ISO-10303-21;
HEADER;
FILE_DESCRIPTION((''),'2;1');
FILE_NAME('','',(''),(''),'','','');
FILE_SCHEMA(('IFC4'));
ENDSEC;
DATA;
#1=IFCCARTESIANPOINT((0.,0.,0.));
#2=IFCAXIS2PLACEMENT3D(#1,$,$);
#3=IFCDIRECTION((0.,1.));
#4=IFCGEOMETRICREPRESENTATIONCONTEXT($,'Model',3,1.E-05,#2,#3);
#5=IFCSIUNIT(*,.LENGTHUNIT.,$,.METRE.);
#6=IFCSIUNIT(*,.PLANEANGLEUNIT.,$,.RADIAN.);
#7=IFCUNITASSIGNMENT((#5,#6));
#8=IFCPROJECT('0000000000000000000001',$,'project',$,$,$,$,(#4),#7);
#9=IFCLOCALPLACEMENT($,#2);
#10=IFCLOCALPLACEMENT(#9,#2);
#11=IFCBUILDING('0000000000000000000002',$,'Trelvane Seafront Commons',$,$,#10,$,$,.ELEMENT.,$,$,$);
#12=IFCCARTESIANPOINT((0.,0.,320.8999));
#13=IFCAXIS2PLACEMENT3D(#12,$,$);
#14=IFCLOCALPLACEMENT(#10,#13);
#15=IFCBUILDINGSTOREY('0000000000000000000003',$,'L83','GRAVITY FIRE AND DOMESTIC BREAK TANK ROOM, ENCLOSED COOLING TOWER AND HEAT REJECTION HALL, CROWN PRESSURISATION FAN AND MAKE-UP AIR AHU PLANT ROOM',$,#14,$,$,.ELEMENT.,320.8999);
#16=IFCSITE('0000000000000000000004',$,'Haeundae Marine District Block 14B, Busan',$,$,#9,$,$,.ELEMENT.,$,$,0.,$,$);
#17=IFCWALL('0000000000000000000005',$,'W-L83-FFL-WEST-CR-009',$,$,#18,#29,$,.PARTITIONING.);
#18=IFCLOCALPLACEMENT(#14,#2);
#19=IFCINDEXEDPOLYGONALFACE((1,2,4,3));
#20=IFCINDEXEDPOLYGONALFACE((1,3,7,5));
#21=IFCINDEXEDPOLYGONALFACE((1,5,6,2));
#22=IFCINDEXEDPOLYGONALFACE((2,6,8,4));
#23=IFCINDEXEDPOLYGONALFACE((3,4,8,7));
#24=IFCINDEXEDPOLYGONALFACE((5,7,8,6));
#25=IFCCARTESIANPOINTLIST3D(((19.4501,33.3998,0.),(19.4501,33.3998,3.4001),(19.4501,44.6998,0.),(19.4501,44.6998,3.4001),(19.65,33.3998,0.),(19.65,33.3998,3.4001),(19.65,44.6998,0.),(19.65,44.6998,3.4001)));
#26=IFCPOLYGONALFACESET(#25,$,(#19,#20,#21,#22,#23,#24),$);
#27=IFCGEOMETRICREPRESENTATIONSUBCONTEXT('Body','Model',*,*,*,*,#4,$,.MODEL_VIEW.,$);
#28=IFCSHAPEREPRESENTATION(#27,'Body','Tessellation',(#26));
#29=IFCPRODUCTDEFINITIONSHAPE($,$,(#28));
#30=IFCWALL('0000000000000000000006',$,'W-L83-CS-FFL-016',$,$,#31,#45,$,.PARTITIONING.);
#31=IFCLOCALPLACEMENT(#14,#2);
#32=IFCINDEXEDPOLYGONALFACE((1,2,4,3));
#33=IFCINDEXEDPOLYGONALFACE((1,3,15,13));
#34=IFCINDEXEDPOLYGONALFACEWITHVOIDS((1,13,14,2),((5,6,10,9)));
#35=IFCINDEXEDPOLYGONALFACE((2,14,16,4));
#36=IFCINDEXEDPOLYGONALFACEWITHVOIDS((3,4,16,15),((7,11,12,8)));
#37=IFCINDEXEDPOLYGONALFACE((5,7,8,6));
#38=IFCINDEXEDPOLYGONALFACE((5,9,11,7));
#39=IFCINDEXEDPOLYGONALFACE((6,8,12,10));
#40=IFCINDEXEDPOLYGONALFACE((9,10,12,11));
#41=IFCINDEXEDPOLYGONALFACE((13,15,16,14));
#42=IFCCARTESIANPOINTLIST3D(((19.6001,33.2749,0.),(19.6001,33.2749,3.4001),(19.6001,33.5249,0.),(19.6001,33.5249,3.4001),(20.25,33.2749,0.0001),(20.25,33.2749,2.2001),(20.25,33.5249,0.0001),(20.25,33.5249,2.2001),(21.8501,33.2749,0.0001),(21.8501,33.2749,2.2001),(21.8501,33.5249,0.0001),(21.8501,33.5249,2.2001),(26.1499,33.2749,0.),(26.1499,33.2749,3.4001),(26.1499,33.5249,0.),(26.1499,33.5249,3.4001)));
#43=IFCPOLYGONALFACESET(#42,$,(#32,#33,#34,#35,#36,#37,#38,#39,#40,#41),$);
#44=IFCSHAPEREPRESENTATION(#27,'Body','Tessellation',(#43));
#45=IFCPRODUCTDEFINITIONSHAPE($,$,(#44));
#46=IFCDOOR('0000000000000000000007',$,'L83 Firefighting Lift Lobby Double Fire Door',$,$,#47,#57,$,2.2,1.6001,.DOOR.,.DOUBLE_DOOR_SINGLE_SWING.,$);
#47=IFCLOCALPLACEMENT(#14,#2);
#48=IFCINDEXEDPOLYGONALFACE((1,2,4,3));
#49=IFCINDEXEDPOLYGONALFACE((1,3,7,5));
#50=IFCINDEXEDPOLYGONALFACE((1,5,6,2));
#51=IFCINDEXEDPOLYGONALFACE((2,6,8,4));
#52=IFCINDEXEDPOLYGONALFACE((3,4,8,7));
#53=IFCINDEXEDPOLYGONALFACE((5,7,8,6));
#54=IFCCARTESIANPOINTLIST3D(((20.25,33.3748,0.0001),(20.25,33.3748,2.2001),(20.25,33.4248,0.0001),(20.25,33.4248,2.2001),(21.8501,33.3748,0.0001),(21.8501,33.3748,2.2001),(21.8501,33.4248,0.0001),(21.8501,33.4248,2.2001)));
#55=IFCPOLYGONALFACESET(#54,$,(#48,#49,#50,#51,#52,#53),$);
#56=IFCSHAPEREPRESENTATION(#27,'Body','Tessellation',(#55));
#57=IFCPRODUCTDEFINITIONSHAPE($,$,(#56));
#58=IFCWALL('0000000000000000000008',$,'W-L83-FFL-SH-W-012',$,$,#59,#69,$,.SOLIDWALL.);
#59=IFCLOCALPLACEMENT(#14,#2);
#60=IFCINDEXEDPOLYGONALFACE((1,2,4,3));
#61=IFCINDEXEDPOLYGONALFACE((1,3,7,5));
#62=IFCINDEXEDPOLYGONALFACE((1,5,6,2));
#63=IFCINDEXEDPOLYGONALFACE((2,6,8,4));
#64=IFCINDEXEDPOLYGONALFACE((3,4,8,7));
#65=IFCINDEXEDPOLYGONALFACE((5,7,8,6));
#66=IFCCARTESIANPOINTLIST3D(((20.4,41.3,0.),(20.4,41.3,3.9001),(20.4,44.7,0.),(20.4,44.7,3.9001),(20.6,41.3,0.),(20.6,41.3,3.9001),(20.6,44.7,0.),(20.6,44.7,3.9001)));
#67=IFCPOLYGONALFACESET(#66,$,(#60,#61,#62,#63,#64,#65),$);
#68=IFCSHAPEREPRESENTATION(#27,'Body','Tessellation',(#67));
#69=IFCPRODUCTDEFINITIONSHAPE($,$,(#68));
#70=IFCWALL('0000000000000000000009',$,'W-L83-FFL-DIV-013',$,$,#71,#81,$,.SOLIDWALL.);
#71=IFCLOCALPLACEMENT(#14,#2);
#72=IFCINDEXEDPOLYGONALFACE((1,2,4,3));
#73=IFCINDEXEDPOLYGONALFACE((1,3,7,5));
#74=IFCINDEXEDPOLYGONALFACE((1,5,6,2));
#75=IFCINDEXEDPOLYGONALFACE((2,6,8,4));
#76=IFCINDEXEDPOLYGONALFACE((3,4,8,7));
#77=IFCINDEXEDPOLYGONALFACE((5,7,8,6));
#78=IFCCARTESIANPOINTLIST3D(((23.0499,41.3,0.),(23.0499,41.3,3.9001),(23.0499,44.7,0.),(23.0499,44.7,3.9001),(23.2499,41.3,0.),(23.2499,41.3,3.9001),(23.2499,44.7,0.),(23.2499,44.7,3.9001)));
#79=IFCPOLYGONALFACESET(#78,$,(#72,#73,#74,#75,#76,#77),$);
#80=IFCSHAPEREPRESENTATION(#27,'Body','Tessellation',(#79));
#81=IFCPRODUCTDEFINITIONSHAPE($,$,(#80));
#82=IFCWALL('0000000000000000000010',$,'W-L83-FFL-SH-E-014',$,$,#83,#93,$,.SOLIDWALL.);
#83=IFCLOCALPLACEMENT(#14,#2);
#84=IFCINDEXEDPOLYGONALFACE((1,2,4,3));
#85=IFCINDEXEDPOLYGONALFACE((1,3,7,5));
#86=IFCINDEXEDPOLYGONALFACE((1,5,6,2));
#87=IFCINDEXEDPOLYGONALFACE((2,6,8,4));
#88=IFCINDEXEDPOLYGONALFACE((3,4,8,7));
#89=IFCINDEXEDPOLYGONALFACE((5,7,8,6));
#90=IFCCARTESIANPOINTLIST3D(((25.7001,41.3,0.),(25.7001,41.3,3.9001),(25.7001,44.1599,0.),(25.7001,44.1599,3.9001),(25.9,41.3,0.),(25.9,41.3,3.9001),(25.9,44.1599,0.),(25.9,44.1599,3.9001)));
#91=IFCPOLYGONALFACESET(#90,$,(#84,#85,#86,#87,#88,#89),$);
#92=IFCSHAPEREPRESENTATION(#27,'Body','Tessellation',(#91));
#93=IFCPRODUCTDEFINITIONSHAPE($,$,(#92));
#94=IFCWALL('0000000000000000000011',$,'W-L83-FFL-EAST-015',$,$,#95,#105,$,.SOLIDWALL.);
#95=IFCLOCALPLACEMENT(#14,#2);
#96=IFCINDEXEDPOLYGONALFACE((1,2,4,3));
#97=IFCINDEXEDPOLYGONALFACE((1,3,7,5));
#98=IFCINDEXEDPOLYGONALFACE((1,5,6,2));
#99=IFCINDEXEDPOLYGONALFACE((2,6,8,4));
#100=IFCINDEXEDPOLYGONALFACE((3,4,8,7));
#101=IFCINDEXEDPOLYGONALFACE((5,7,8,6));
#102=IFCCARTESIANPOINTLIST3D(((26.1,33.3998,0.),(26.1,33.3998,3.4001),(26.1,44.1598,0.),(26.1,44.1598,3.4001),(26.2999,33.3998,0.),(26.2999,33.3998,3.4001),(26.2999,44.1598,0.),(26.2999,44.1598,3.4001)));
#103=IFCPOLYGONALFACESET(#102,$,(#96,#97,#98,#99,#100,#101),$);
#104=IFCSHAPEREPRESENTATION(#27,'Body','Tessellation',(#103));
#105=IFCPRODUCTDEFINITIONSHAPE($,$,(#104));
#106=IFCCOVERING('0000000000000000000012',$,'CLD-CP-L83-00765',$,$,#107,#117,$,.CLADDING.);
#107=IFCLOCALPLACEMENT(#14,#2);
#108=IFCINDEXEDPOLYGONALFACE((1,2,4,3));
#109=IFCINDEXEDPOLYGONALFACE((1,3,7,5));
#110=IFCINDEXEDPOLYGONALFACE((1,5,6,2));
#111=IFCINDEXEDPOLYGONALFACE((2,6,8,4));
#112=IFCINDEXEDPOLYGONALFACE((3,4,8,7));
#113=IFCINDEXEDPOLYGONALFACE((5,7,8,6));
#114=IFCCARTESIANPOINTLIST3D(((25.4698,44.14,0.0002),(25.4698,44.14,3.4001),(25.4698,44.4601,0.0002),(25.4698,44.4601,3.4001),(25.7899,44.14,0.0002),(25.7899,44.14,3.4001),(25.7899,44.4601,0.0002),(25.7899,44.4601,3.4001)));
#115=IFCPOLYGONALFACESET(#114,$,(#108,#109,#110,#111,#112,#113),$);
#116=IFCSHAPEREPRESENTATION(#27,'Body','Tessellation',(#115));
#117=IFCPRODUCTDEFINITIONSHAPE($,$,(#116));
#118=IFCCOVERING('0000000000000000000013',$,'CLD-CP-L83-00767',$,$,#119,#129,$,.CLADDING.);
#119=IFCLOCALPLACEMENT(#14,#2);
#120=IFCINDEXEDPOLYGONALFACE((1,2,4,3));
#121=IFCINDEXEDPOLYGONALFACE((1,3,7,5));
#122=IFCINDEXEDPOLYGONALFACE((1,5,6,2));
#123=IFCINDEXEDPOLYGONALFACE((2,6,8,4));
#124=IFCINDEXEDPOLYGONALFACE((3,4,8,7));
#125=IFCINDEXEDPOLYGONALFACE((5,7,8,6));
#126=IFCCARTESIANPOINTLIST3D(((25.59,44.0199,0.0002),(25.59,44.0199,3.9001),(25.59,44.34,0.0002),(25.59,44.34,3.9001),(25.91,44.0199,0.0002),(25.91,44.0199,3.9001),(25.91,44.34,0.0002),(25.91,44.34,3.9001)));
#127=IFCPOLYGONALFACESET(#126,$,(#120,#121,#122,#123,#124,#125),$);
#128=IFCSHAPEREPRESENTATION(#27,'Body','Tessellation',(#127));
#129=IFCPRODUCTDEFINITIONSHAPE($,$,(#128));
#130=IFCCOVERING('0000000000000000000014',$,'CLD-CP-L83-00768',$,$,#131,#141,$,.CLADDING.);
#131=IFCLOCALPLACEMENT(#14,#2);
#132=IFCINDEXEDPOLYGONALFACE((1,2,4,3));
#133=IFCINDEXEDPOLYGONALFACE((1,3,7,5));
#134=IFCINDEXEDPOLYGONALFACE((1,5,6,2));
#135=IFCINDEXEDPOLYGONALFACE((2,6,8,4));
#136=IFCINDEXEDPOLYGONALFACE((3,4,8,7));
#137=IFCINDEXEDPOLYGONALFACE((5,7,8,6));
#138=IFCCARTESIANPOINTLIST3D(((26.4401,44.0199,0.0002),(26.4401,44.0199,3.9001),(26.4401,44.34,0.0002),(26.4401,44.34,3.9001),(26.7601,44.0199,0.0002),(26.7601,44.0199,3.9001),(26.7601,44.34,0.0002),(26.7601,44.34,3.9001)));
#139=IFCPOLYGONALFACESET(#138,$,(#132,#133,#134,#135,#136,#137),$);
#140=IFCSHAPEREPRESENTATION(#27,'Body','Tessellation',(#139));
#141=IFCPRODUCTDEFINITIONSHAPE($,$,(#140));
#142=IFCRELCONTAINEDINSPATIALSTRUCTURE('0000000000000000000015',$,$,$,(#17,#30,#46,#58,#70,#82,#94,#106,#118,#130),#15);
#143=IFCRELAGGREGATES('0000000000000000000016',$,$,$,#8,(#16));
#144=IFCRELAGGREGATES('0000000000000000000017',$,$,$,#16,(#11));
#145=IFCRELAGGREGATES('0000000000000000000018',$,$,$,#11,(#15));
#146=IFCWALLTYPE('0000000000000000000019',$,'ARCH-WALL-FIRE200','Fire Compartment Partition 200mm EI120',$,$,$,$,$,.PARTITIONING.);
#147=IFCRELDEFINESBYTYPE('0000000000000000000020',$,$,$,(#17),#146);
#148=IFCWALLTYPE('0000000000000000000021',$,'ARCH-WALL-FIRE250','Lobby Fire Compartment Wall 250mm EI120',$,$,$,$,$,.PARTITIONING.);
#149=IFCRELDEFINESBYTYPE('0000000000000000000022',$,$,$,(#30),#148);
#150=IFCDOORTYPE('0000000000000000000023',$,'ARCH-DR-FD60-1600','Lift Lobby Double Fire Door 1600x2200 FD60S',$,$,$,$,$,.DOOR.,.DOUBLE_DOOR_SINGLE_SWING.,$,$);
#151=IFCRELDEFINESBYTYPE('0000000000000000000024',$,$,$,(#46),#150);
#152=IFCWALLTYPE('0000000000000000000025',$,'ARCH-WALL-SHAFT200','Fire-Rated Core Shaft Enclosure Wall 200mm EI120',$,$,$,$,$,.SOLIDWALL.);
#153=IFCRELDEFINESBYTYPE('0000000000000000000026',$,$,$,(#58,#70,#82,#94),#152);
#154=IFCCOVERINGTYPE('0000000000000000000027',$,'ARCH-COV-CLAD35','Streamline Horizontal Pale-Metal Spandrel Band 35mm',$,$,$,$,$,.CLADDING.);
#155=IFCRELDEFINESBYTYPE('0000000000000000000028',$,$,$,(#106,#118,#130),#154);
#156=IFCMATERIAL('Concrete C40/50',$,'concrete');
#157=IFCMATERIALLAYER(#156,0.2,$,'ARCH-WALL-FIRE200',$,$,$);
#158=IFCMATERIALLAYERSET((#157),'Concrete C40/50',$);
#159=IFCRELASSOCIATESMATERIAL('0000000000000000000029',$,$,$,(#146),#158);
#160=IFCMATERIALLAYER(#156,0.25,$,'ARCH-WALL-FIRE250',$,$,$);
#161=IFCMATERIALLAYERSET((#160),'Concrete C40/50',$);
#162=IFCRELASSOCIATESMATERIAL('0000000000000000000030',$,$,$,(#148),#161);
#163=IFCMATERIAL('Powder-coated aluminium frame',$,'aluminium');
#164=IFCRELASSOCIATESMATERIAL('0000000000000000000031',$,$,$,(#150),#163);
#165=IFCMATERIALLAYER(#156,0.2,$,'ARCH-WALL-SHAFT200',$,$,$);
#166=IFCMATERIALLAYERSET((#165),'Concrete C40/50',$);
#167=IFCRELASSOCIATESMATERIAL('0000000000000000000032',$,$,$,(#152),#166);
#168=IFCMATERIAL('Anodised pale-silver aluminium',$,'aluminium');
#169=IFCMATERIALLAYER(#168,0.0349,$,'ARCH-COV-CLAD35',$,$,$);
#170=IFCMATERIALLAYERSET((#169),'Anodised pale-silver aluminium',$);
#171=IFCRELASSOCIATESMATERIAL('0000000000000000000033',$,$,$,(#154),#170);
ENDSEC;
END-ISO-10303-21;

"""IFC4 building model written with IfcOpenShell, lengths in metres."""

from ifc_helpers import new_model, si_unit, direction, frame, frame_2d, origin, origin_2d, place, context, subcontext, project, spatial, rectangle, extrude, source, transform, mapped, material, layer, layer_set, type_object, element, fill, save


model = new_model("IFC4")

# Units and contexts
model_context = context("Model", 3, precision=1e-05, world=origin(), true_north=direction((0.0, 1.0)))
body_context = subcontext(model_context, "Body", "Model", "MODEL_VIEW")
ifc_project = project(units=[si_unit("LENGTHUNIT", "METRE"), si_unit("PLANEANGLEUNIT", "RADIAN")], contexts=[model_context])

# Site, building, storey
site_placement = place(None, origin())
site = spatial("IfcSite", under=ifc_project, at=site_placement, Name="Haeundae Marine District Block 14B, Busan", CompositionType="ELEMENT", RefElevation=0.0)
building_placement = place(site_placement, origin())
building = spatial("IfcBuilding", under=site, at=building_placement, Name="Trelvane Seafront Commons", CompositionType="ELEMENT")
storey_placement = place(building_placement, frame((0.0, 0.0, 320.8999)))
storey = spatial("IfcBuildingStorey", under=building, at=storey_placement, Name="L83", Description="GRAVITY FIRE AND DOMESTIC BREAK TANK ROOM, ENCLOSED COOLING TOWER AND HEAT REJECTION HALL, CROWN PRESSURISATION FAN AND MAKE-UP AIR AHU PLANT ROOM", CompositionType="ELEMENT", Elevation=320.8999)

# Shared definitions
ifc_material_1 = material(Name="Anodised pale-silver aluminium", Category="aluminium")

# Wall
ifc_material_2 = material(Name="Concrete C40/50", Category="concrete")
ifc_layer_1 = layer(ifc_material_2, 0.2, Name="ARCH-WALL-FIRE200")
ifc_layer_set_1 = layer_set([ifc_layer_1], Name="Concrete C40/50")
wall_type_1 = type_object("IfcWallType", Name="ARCH-WALL-FIRE200", Description="Fire Compartment Partition 200mm EI120", PredefinedType="PARTITIONING", material=ifc_layer_set_1)
wall_1_placement = place(storey_placement, frame((19.55, 33.3999, 0.0), z_axis=(0.0, 0.0, 1.0), x_axis=(0.0, 1.0, 0.0)))
element("IfcWall", 1, at=wall_1_placement, inside=storey, type_object=wall_type_1, Name="W-L83-FFL-WEST-CR-009", PredefinedType="PARTITIONING", context=body_context, shape_type="SweptSolid", body=[
    extrude(rectangle(XDim=11.3, YDim=0.2, at=frame_2d((5.6499, 0.0))), origin(), (0.0, 0.0, 1.0), 3.4001),
])

# Wall, opening, door
ifc_layer_2 = layer(ifc_material_2, 0.25, Name="ARCH-WALL-FIRE250")
ifc_layer_set_2 = layer_set([ifc_layer_2], Name="Concrete C40/50")
wall_type_2 = type_object("IfcWallType", Name="ARCH-WALL-FIRE250", Description="Lobby Fire Compartment Wall 250mm EI120", PredefinedType="PARTITIONING", material=ifc_layer_set_2)
wall_2_placement = place(storey_placement, frame((19.6001, 33.3999, 0.0), z_axis=(0.0, 0.0, 1.0), x_axis=(1.0, 0.0, 0.0)))
wall_2 = element("IfcWall", 2, at=wall_2_placement, inside=storey, type_object=wall_type_2, Name="W-L83-CS-FFL-016", PredefinedType="PARTITIONING", context=body_context, shape_type="SweptSolid", body=[
    extrude(rectangle(XDim=6.5498, YDim=0.25, at=frame_2d((3.2749, 0.0))), origin(), (0.0, 0.0, 1.0), 3.4001),
])
opening_1_placement = place(wall_2_placement, frame((0.6499, 0.0, 0.0)))
opening_1 = element("IfcOpeningElement", 3, at=opening_1_placement, cuts=wall_2, PredefinedType="OPENING", context=body_context, shape_type="SweptSolid", body=[
    extrude(rectangle(XDim=1.6001, YDim=2.2, at=frame_2d((0.8, 1.1001))), frame((0.0, 0.135, 0.0), z_axis=(0.0, -1.0, 0.0), x_axis=(1.0, 0.0, 0.0)), (0.0, 0.0, 1.0), 0.27),
])
ifc_material_3 = material(Name="Powder-coated aluminium frame", Category="aluminium")
door_type_1 = type_object("IfcDoorType", Name="ARCH-DR-FD60-1600", Description="Lift Lobby Double Fire Door 1600x2200 FD60S", OperationType="DOUBLE_DOOR_SINGLE_SWING", PredefinedType="DOOR", material=ifc_material_3)
shared_shape_1 = source(origin(), body_context, "Body", "SweptSolid", [
    extrude(rectangle(XDim=1.6001, YDim=2.2, at=frame_2d((0.8, 1.1001))), frame((0.0, 0.0249, 0.0), z_axis=(0.0, -1.0, 0.0), x_axis=(1.0, 0.0, 0.0)), (0.0, 0.0, 1.0), 0.05),
])
door_1_placement = place(opening_1_placement, origin())
door_1 = element("IfcDoor", 4, at=door_1_placement, inside=storey, type_object=door_type_1, Name="L83 Firefighting Lift Lobby Double Fire Door", OperationType="DOUBLE_DOOR_SINGLE_SWING", OverallHeight=2.2, OverallWidth=1.6001, PredefinedType="DOOR", context=body_context, shape_type="MappedRepresentation", body=[
    mapped(shared_shape_1, transform((0.0, 0.0, 0.0), x_axis=(1.0, 0.0, 0.0), y_axis=(0.0, 1.0, 0.0), z_axis=(0.0, 0.0, 1.0), scale=1.0)),
])
fill(opening_1, door_1)

# Shared definitions
ifc_layer_3 = layer(ifc_material_2, 0.2, Name="ARCH-WALL-SHAFT200")
ifc_layer_set_3 = layer_set([ifc_layer_3], Name="Concrete C40/50")
wall_type_3 = type_object("IfcWallType", Name="ARCH-WALL-SHAFT200", Description="Fire-Rated Core Shaft Enclosure Wall 200mm EI120", PredefinedType="SOLIDWALL", material=ifc_layer_set_3)

# Walls
for number, where, z_axis, x_axis, name in (
    (5, (20.5, 41.3, 0.0), (0.0, 0.0, 1.0), (0.0, 1.0, 0.0), "W-L83-FFL-SH-W-012"),
    (6, (23.1499, 41.3, 0.0), (0.0, 0.0, 1.0), (0.0, 1.0, 0.0), "W-L83-FFL-DIV-013"),
):
    element("IfcWall", number, at=place(storey_placement, frame(where, z_axis=z_axis, x_axis=x_axis)), inside=storey, type_object=wall_type_3, Name=name, PredefinedType="SOLIDWALL", context=body_context, shape_type="SweptSolid", body=[
        extrude(rectangle(XDim=3.3999, YDim=0.2, at=frame_2d((1.7, 0.0))), origin(), (0.0, 0.0, 1.0), 3.9001),
    ])
wall_3_placement = place(storey_placement, frame((25.8, 41.3, 0.0), z_axis=(0.0, 0.0, 1.0), x_axis=(0.0, 1.0, 0.0)))
element("IfcWall", 7, at=wall_3_placement, inside=storey, type_object=wall_type_3, Name="W-L83-FFL-SH-E-014", PredefinedType="SOLIDWALL", context=body_context, shape_type="SweptSolid", body=[
    extrude(rectangle(XDim=2.8599, YDim=0.2, at=frame_2d((1.4299, 0.0))), origin(), (0.0, 0.0, 1.0), 3.9001),
])
wall_4_placement = place(storey_placement, frame((26.2, 33.3999, 0.0), z_axis=(0.0, 0.0, 1.0), x_axis=(0.0, 1.0, 0.0)))
element("IfcWall", 8, at=wall_4_placement, inside=storey, type_object=wall_type_3, Name="W-L83-FFL-EAST-015", PredefinedType="SOLIDWALL", context=body_context, shape_type="SweptSolid", body=[
    extrude(rectangle(XDim=10.76, YDim=0.2, at=frame_2d((5.3799, 0.0))), origin(), (0.0, 0.0, 1.0), 3.4001),
])

# Coverings
ifc_layer_4 = layer(ifc_material_1, 0.0349, Name="ARCH-COV-CLAD35")
ifc_layer_set_4 = layer_set([ifc_layer_4], Name="Anodised pale-silver aluminium")
covering_type = type_object("IfcCoveringType", Name="ARCH-COV-CLAD35", Description="Streamline Horizontal Pale-Metal Spandrel Band 35mm", PredefinedType="CLADDING", material=ifc_layer_set_4)
shared_shape_2 = source(origin(), body_context, "Body", "SweptSolid", [
    extrude(rectangle(XDim=0.3201, YDim=0.3201, at=origin_2d()), origin(), (0.0, 0.0, 1.0), 3.3999),
])
covering_placement = place(storey_placement, frame((25.6299, 44.3, 0.0002), z_axis=(0.0, 0.0, 1.0), x_axis=(1.0, 0.0, 0.0)))
element("IfcCovering", 9, at=covering_placement, inside=storey, type_object=covering_type, Name="CLD-CP-L83-00765", PredefinedType="CLADDING", context=body_context, shape_type="MappedRepresentation", body=[
    mapped(shared_shape_2, transform((0.0, 0.0, 0.0), x_axis=(1.0, 0.0, 0.0), y_axis=(0.0, 1.0, 0.0), z_axis=(0.0, 0.0, 1.0), scale=1.0)),
])
shared_shape_3 = source(origin(), body_context, "Body", "SweptSolid", [
    extrude(rectangle(XDim=0.3201, YDim=0.3201, at=origin_2d()), origin(), (0.0, 0.0, 1.0), 3.8999),
])
for number, where, z_axis, x_axis, name in (
    (10, (25.75, 44.1799, 0.0002), (0.0, 0.0, 1.0), (1.0, 0.0, 0.0), "CLD-CP-L83-00767"),
    (11, (26.6001, 44.1799, 0.0002), (0.0, 0.0, 1.0), (1.0, 0.0, 0.0), "CLD-CP-L83-00768"),
):
    element("IfcCovering", number, at=place(storey_placement, frame(where, z_axis=z_axis, x_axis=x_axis)), inside=storey, type_object=covering_type, Name=name, PredefinedType="CLADDING", context=body_context, shape_type="MappedRepresentation", body=[
        mapped(shared_shape_3, transform((0.0, 0.0, 0.0), x_axis=(1.0, 0.0, 0.0), y_axis=(0.0, 1.0, 0.0), z_axis=(0.0, 0.0, 1.0), scale=1.0)),
    ])

save(model, "model.ifc")
